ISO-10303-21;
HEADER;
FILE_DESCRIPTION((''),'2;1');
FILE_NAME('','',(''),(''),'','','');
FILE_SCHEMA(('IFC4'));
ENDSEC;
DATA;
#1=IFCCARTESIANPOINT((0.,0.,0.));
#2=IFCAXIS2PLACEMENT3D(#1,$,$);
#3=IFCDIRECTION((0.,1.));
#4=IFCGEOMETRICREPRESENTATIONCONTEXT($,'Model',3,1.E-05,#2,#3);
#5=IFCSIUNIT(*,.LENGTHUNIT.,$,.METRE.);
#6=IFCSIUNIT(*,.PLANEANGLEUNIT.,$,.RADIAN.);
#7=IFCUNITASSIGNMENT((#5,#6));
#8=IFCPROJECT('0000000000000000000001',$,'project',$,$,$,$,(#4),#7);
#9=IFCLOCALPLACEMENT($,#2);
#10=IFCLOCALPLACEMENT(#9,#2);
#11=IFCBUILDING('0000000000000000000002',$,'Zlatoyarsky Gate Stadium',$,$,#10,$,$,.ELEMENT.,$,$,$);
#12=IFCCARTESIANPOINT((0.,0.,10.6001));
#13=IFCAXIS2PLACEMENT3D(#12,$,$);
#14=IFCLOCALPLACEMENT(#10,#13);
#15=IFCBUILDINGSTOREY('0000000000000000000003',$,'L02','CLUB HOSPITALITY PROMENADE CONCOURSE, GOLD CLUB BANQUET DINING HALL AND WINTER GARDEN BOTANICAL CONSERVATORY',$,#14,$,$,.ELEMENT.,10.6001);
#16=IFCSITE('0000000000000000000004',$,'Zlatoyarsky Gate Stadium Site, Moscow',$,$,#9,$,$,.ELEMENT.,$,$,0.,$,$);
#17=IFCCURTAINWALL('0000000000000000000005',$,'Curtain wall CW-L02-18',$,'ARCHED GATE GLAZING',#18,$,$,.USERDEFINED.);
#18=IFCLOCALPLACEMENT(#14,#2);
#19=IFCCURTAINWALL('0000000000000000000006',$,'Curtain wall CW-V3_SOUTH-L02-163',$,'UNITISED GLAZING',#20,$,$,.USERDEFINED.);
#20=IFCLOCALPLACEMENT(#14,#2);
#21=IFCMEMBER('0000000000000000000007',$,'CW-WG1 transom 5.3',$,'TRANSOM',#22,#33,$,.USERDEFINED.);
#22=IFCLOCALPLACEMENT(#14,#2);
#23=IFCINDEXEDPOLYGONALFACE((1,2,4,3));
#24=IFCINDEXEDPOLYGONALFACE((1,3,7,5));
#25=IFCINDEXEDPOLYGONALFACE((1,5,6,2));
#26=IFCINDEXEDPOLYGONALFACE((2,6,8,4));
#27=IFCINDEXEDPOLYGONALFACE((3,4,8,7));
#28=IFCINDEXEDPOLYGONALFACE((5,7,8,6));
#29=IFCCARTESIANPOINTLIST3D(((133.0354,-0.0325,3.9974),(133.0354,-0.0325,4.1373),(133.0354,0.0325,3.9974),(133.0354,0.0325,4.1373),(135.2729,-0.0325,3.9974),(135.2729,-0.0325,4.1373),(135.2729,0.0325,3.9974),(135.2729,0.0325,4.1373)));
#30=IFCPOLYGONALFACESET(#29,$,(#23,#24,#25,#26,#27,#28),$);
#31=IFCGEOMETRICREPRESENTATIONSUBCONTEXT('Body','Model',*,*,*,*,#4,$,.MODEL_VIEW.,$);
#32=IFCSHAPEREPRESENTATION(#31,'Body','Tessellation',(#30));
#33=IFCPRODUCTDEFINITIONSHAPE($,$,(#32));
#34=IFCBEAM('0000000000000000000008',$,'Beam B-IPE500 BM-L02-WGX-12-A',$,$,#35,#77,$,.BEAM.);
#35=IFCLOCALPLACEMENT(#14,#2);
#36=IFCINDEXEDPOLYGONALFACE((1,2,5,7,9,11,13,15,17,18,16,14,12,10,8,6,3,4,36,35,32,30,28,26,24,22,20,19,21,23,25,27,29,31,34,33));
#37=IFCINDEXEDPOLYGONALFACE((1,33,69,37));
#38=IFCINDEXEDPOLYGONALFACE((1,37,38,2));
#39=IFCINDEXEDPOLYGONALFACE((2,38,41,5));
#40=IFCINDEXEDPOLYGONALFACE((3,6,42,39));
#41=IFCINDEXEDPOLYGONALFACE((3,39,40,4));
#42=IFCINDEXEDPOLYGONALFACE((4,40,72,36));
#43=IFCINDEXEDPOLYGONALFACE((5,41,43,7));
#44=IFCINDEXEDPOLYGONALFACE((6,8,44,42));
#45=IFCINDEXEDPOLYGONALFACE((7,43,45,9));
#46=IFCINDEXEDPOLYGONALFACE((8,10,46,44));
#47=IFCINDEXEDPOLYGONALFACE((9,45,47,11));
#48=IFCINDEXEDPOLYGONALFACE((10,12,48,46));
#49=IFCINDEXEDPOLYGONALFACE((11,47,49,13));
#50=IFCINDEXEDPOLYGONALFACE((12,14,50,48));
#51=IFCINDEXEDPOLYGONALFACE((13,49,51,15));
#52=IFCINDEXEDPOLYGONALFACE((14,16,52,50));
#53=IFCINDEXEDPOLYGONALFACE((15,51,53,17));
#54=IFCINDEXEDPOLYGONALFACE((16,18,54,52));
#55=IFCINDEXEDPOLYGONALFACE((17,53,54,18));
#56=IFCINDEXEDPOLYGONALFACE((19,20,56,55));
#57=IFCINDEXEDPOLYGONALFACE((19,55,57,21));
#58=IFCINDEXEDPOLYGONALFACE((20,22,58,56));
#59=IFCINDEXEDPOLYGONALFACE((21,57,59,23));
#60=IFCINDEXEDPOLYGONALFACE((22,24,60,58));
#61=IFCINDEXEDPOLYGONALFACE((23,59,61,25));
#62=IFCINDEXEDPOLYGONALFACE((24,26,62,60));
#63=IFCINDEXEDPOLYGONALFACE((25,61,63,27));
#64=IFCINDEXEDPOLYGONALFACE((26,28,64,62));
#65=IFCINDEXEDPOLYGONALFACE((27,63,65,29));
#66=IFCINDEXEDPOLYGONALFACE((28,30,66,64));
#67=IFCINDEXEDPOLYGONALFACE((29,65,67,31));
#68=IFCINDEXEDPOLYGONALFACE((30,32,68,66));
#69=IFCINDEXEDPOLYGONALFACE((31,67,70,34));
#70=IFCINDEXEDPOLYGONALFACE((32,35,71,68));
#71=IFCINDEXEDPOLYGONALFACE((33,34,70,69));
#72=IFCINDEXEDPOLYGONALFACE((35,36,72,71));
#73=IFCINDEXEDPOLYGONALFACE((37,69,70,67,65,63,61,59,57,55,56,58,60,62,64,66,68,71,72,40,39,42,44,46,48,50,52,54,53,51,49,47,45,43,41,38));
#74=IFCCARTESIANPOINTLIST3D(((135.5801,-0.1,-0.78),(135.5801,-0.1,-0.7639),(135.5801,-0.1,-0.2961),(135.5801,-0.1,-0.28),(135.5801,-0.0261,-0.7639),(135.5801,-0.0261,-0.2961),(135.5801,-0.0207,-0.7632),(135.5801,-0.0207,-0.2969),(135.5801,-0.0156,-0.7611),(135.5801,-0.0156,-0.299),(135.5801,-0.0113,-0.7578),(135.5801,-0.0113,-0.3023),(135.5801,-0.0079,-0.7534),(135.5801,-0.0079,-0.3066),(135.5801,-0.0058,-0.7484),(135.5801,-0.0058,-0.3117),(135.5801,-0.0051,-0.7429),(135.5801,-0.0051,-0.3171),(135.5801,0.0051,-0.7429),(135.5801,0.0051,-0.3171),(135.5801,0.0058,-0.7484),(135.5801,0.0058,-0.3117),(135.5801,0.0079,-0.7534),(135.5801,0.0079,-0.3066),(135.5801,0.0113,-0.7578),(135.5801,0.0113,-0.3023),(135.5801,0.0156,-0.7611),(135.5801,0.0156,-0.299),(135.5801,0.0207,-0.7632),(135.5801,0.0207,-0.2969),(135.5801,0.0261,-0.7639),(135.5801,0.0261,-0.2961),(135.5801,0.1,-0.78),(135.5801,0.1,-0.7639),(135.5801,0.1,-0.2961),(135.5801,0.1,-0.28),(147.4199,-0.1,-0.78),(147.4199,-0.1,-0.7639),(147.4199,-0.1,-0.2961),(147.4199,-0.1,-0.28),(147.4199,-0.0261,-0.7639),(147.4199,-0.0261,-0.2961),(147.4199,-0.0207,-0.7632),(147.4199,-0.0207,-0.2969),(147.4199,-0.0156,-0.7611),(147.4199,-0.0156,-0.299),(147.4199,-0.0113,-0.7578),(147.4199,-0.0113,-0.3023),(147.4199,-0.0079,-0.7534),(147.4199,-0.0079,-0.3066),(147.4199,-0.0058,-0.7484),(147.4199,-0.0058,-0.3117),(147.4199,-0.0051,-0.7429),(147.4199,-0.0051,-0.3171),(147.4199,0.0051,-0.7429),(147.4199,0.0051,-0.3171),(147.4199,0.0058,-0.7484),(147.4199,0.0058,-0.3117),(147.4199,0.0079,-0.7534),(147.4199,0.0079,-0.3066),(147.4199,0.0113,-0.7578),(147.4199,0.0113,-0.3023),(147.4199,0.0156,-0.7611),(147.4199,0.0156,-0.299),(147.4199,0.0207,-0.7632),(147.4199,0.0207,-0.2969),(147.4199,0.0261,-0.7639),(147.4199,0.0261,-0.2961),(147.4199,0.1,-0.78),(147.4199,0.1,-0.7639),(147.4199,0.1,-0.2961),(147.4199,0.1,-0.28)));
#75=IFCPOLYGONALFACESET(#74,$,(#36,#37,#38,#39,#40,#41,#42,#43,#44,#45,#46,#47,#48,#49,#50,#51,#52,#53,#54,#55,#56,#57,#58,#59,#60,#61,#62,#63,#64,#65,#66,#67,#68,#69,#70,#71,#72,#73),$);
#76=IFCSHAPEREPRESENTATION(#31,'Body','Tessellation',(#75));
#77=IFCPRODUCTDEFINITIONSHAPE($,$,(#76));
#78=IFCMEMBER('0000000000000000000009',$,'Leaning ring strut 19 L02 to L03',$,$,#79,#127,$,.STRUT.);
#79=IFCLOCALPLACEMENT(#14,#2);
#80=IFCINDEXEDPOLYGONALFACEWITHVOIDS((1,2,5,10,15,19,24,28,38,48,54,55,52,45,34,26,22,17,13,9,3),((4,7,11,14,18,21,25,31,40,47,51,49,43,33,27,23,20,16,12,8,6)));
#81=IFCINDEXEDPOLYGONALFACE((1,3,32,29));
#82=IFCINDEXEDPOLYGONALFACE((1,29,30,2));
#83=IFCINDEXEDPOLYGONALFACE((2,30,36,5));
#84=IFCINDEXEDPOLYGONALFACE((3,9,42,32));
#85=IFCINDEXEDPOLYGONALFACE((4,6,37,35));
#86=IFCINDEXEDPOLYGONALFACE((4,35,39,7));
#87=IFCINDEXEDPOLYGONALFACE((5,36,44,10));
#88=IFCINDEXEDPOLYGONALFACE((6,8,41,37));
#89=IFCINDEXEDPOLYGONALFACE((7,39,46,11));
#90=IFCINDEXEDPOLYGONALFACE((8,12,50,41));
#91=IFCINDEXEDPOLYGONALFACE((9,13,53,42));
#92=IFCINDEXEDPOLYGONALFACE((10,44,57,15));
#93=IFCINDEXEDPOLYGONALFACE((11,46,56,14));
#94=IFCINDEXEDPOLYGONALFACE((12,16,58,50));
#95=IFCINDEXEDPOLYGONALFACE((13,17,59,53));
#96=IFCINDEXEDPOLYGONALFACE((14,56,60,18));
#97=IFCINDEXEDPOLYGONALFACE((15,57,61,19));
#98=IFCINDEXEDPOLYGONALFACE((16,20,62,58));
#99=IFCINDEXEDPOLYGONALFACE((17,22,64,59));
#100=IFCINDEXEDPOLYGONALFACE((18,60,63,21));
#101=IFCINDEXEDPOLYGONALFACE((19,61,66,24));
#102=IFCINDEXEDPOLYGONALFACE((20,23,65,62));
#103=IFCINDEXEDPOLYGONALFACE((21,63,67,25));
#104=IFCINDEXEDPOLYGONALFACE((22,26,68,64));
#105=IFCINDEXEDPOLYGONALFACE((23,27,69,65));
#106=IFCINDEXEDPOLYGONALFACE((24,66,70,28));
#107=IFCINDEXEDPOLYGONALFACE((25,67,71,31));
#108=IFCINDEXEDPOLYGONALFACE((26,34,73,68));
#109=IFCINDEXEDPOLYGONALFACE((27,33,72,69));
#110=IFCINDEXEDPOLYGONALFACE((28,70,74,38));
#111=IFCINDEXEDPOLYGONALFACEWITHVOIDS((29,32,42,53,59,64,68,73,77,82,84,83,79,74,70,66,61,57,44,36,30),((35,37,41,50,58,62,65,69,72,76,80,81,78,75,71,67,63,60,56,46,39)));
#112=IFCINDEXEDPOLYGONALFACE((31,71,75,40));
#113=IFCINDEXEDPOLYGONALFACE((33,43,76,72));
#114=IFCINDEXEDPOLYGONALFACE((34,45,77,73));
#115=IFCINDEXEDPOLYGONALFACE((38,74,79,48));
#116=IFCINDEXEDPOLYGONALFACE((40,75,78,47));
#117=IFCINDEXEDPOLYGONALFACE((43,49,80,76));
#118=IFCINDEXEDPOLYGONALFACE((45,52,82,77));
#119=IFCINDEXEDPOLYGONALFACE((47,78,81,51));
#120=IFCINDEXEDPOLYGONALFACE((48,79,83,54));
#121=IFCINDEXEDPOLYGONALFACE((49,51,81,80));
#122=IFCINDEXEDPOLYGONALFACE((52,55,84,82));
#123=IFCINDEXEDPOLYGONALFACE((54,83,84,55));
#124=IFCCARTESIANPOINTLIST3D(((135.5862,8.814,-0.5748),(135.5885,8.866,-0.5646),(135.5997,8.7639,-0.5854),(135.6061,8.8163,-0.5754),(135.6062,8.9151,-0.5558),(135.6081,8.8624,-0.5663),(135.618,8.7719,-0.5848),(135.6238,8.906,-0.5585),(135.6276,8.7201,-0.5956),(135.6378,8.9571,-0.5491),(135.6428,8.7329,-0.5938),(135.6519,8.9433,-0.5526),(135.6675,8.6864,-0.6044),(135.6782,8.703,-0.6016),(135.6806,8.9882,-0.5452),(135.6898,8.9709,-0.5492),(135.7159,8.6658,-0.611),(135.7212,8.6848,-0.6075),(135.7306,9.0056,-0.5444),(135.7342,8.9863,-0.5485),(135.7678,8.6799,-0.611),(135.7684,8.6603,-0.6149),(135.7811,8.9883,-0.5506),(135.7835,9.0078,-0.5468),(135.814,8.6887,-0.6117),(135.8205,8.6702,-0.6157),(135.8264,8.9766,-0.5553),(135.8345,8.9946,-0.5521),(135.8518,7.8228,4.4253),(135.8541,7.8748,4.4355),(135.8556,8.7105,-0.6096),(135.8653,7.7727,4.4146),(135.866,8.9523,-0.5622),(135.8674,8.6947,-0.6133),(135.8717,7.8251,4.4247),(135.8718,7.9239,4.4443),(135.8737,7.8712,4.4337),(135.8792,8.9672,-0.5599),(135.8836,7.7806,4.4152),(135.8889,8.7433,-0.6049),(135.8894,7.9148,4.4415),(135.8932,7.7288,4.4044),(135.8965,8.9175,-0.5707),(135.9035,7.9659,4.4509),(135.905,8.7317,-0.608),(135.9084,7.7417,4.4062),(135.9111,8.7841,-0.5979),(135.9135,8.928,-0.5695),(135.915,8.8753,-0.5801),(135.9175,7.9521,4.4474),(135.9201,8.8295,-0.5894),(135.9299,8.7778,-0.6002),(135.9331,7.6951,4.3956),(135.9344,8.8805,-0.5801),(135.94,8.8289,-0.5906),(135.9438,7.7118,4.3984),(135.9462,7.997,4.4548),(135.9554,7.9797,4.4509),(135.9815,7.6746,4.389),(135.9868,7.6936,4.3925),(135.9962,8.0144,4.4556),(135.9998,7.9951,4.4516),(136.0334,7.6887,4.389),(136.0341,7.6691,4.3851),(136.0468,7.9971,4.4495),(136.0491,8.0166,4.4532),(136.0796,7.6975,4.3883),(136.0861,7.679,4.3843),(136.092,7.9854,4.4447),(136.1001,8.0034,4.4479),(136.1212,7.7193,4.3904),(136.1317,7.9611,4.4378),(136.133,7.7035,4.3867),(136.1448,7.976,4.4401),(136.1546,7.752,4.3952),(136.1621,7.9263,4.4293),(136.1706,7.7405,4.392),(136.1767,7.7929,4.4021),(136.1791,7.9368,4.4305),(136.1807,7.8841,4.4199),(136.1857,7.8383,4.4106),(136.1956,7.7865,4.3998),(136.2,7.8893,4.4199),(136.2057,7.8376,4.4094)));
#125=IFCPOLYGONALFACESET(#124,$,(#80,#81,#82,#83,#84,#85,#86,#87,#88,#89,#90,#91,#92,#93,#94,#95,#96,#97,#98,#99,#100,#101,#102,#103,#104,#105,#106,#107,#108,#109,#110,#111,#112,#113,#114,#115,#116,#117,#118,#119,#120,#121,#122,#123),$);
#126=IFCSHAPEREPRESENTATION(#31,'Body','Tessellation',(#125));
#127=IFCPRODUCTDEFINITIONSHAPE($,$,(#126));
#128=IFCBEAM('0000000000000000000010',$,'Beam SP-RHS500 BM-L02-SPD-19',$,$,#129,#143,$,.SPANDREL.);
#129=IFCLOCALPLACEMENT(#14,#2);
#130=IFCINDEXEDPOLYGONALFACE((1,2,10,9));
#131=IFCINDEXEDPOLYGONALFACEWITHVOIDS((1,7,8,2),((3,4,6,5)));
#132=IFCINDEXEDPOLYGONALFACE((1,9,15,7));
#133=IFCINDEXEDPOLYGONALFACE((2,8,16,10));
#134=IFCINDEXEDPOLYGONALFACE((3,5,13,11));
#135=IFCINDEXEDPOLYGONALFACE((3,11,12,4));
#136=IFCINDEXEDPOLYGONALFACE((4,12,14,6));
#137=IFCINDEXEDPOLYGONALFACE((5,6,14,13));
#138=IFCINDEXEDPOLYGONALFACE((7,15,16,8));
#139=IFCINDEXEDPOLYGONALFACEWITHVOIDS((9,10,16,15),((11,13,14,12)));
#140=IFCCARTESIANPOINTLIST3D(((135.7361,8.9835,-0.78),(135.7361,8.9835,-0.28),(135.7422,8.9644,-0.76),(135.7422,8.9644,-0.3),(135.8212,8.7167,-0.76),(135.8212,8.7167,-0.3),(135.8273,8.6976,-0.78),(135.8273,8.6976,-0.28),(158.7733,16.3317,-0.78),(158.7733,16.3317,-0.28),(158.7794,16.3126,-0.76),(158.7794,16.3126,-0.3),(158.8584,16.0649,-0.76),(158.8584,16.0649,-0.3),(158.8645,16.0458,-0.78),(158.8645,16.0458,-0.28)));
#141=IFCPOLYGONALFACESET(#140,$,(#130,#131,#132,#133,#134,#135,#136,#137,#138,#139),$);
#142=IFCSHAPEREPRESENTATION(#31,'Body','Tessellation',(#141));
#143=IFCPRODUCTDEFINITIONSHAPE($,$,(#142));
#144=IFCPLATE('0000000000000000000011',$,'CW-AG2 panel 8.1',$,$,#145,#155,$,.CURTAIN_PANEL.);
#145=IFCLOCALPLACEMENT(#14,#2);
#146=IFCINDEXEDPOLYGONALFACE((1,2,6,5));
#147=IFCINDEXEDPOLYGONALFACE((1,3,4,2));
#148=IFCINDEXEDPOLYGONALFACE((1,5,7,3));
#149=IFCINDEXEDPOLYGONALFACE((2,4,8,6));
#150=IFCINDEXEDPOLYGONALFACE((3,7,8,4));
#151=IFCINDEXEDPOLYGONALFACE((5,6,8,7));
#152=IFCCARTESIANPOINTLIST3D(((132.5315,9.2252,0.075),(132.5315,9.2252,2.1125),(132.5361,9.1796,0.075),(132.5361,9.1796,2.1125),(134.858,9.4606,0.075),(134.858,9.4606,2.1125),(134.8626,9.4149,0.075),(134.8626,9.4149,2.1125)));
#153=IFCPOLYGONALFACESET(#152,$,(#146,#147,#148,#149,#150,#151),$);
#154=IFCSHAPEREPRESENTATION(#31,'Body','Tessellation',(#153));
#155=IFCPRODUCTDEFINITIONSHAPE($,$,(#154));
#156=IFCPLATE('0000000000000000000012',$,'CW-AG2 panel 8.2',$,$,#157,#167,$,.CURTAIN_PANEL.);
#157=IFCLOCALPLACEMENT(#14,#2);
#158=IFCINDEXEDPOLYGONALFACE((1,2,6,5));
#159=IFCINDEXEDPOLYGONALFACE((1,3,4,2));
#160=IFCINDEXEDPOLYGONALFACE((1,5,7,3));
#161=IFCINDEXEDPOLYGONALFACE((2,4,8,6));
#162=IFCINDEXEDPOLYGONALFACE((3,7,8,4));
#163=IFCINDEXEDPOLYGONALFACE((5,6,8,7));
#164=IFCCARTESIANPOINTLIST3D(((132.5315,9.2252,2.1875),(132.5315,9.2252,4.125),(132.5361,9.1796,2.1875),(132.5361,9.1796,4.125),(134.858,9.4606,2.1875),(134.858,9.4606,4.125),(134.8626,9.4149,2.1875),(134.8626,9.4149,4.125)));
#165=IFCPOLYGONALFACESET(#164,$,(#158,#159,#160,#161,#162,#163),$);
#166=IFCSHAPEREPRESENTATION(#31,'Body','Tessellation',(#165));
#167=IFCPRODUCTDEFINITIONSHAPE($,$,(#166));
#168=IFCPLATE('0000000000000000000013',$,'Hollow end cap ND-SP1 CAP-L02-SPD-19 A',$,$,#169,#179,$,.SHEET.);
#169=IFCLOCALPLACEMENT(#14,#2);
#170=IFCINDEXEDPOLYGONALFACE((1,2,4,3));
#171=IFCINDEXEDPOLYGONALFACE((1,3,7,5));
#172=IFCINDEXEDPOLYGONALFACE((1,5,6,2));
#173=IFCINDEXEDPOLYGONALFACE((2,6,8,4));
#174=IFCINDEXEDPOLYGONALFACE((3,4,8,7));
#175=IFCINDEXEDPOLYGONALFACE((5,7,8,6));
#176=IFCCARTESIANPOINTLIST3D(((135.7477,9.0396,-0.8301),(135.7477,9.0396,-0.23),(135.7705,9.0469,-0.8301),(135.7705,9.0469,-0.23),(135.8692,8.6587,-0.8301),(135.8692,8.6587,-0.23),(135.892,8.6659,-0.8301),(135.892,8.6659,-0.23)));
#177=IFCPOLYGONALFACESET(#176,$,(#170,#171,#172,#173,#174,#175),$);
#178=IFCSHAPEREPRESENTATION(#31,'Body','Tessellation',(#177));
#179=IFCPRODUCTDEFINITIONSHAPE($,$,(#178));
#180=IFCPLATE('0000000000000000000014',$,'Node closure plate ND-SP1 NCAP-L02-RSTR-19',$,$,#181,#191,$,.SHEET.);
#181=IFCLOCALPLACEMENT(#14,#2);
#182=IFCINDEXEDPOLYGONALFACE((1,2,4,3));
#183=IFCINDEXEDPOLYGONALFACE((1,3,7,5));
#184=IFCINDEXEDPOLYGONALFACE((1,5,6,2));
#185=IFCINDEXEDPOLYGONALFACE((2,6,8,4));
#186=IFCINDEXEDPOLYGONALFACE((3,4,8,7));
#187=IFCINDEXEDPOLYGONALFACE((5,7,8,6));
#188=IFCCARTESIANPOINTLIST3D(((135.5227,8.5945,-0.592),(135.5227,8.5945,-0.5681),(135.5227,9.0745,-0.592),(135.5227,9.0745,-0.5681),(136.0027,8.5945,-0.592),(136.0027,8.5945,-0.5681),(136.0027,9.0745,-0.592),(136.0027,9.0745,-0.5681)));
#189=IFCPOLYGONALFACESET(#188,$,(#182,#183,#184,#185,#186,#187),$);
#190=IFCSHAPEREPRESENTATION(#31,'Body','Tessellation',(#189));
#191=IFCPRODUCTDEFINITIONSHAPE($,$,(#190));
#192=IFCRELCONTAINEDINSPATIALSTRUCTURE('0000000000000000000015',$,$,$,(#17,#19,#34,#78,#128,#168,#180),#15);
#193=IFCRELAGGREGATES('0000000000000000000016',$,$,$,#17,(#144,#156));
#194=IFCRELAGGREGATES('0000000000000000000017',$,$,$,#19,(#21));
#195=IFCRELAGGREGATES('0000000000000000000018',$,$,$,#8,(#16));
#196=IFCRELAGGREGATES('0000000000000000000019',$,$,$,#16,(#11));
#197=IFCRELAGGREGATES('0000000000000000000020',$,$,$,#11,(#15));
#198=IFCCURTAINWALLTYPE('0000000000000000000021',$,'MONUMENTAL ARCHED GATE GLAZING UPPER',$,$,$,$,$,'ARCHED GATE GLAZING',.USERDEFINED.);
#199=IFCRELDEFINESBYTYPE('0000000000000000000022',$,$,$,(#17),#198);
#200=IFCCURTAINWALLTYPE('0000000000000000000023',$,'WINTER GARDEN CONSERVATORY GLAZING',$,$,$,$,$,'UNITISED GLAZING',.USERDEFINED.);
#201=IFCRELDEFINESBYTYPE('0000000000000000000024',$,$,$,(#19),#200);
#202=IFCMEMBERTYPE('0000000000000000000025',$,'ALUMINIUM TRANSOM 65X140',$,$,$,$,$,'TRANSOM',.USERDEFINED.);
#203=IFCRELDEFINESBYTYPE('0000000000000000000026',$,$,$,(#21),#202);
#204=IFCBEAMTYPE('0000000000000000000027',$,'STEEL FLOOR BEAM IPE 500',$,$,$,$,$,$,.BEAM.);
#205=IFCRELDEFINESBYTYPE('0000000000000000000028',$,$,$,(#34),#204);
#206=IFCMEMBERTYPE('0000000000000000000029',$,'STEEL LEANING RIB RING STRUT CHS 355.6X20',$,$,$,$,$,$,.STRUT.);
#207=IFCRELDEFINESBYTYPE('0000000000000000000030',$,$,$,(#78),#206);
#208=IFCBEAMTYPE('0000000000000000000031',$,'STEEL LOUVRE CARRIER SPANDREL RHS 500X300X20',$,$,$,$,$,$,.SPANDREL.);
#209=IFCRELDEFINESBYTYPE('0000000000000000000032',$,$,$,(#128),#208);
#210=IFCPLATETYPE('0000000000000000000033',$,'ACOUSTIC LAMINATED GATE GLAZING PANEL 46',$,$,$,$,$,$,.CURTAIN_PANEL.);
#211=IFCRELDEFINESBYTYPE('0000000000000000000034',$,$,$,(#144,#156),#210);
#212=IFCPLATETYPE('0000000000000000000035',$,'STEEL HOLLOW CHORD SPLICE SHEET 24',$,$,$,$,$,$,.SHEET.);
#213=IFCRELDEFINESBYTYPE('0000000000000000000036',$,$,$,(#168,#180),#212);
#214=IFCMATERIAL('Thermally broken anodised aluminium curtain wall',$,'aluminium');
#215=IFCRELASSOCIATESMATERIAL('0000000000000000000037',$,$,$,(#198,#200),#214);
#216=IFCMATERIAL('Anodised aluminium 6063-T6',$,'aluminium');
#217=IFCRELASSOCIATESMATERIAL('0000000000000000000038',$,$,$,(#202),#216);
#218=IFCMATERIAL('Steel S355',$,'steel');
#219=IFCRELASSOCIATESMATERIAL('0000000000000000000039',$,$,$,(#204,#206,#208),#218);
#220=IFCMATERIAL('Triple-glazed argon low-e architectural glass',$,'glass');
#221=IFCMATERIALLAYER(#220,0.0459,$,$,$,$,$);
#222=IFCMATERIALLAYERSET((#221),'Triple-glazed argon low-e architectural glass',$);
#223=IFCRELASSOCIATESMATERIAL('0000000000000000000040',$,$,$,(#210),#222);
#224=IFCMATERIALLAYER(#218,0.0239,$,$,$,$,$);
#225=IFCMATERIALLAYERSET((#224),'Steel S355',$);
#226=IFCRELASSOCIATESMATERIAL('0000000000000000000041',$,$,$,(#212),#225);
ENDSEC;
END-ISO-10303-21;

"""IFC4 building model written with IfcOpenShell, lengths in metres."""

from ifc_helpers import new_model, si_unit, direction, frame, origin, origin_2d, place, context, subcontext, project, spatial, rectangle, hollow_rectangle, hollow_circle, i_section, extrude, material, layer, layer_set, material_profile, profile_set, type_object, element, aggregate, save


model = new_model("IFC4")

# Units and contexts
model_context = context("Model", 3, precision=1e-05, world=origin(), true_north=direction((0.0, 1.0)))
body_context = subcontext(model_context, "Body", "Model", "MODEL_VIEW")
ifc_project = project(units=[si_unit("LENGTHUNIT", "METRE"), si_unit("PLANEANGLEUNIT", "RADIAN")], contexts=[model_context])

# Site, building, storey
site_placement = place(None, origin())
site = spatial("IfcSite", under=ifc_project, at=site_placement, Name="Zlatoyarsky Gate Stadium Site, Moscow", CompositionType="ELEMENT", RefElevation=0.0)
building_placement = place(site_placement, origin())
building = spatial("IfcBuilding", under=site, at=building_placement, Name="Zlatoyarsky Gate Stadium", CompositionType="ELEMENT")
storey_placement = place(building_placement, frame((0.0, 0.0, 10.6001)))
storey = spatial("IfcBuildingStorey", under=building, at=storey_placement, Name="L02", Description="CLUB HOSPITALITY PROMENADE CONCOURSE, GOLD CLUB BANQUET DINING HALL AND WINTER GARDEN BOTANICAL CONSERVATORY", CompositionType="ELEMENT", Elevation=10.6001)

# Shared definitions
ifc_material_1 = material(Name="Steel S355", Category="steel")

# Curtain wall
ifc_material_2 = material(Name="Thermally broken anodised aluminium curtain wall", Category="aluminium")
curtain_wall_type_1 = type_object("IfcCurtainWallType", Name="MONUMENTAL ARCHED GATE GLAZING UPPER", ElementType="ARCHED GATE GLAZING", PredefinedType="USERDEFINED", material=ifc_material_2)
curtain_wall_1_placement = place(storey_placement, origin())
curtain_wall_1 = element("IfcCurtainWall", 1, at=curtain_wall_1_placement, inside=storey, type_object=curtain_wall_type_1, Name="Curtain wall CW-L02-18", ObjectType="ARCHED GATE GLAZING", PredefinedType="USERDEFINED")
ifc_material_3 = material(Name="Anodised aluminium 6063-T6", Category="aluminium")

# Curtain wall
curtain_wall_type_2 = type_object("IfcCurtainWallType", Name="WINTER GARDEN CONSERVATORY GLAZING", ElementType="UNITISED GLAZING", PredefinedType="USERDEFINED", material=ifc_material_2)
curtain_wall_2_placement = place(storey_placement, origin())
curtain_wall_2 = element("IfcCurtainWall", 2, at=curtain_wall_2_placement, inside=storey, type_object=curtain_wall_type_2, Name="Curtain wall CW-V3_SOUTH-L02-163", ObjectType="UNITISED GLAZING", PredefinedType="USERDEFINED")

# Member
ifc_material_profile_1 = material_profile(ifc_material_3, rectangle(XDim=0.0649, YDim=0.1399, at=origin_2d()), Name="ALU 65X140")
ifc_profile_set_1 = profile_set([ifc_material_profile_1], Name="Anodised aluminium 6063-T6")
member_type_1 = type_object("IfcMemberType", Name="ALUMINIUM TRANSOM 65X140", ElementType="TRANSOM", PredefinedType="USERDEFINED", material=ifc_profile_set_1)
member_1_placement = place(storey_placement, frame((133.0354, 0.0, 4.0674), z_axis=(1.0, 0.0, 0.0), x_axis=(0.0, 1.0, 0.0)))
member_1 = element("IfcMember", 3, at=member_1_placement, type_object=member_type_1, Name="CW-WG1 transom 5.3", ObjectType="TRANSOM", PredefinedType="USERDEFINED", context=body_context, shape_type="SweptSolid", body=[
    extrude(rectangle(XDim=0.0649, YDim=0.1399, at=origin_2d()), origin(), (0.0, 0.0, 1.0), 2.2375),
])

# Beam
ifc_material_profile_2 = material_profile(ifc_material_1, i_section(OverallWidth=0.2, OverallDepth=0.5, WebThickness=0.0103, FlangeThickness=0.0161, FilletRadius=0.021, at=origin_2d()), Name="IPE 500")
ifc_profile_set_2 = profile_set([ifc_material_profile_2], Name="Steel S355")
beam_type_1 = type_object("IfcBeamType", Name="STEEL FLOOR BEAM IPE 500", PredefinedType="BEAM", material=ifc_profile_set_2)
beam_1_placement = place(storey_placement, frame((135.5801, 0.0, -0.53), z_axis=(1.0, 0.0, 0.0), x_axis=(0.0, 1.0, 0.0)))
element("IfcBeam", 4, at=beam_1_placement, inside=storey, type_object=beam_type_1, Name="Beam B-IPE500 BM-L02-WGX-12-A", PredefinedType="BEAM", context=body_context, shape_type="SweptSolid", body=[
    extrude(i_section(OverallWidth=0.2, OverallDepth=0.5, WebThickness=0.0103, FlangeThickness=0.0161, FilletRadius=0.021, at=origin_2d()), origin(), (0.0, 0.0, 1.0), 11.8398),
])

# Member
ifc_material_profile_3 = material_profile(ifc_material_1, hollow_circle(Radius=0.1777, WallThickness=0.02, at=origin_2d()), Name="CHS 355.6X20")
ifc_profile_set_3 = profile_set([ifc_material_profile_3], Name="Steel S355")
member_type_2 = type_object("IfcMemberType", Name="STEEL LEANING RIB RING STRUT CHS 355.6X20", PredefinedType="STRUT", material=ifc_profile_set_3)
member_2_placement = place(storey_placement, frame((135.7627, 8.8345, -0.5801), z_axis=(0.05204, -0.194194, 0.979582), x_axis=(0.965918, 0.258847, 0.0)))
element("IfcMember", 5, at=member_2_placement, inside=storey, type_object=member_type_2, Name="Leaning ring strut 19 L02 to L03", PredefinedType="STRUT", context=body_context, shape_type="SweptSolid", body=[
    extrude(hollow_circle(Radius=0.1777, WallThickness=0.02, at=origin_2d()), origin(), (0.0, 0.0, 1.0), 5.1042),
])

# Beam
ifc_material_profile_4 = material_profile(ifc_material_1, hollow_rectangle(XDim=0.3, YDim=0.5, WallThickness=0.02, at=origin_2d()), Name="RHS 500X300X20")
ifc_profile_set_4 = profile_set([ifc_material_profile_4], Name="Steel S355")
beam_type_2 = type_object("IfcBeamType", Name="STEEL LOUVRE CARRIER SPANDREL RHS 500X300X20", PredefinedType="SPANDREL", material=ifc_profile_set_4)
beam_2_placement = place(storey_placement, frame((135.7817, 8.8406, -0.53), z_axis=(0.952709, 0.303885, 0.0), x_axis=(-0.303885, 0.952709, 0.0)))
element("IfcBeam", 6, at=beam_2_placement, inside=storey, type_object=beam_type_2, Name="Beam SP-RHS500 BM-L02-SPD-19", PredefinedType="SPANDREL", context=body_context, shape_type="SweptSolid", body=[
    extrude(hollow_rectangle(XDim=0.3, YDim=0.5, WallThickness=0.02, at=origin_2d()), origin(), (0.0, 0.0, 1.0), 24.1807),
])

# Plates
ifc_material_4 = material(Name="Triple-glazed argon low-e architectural glass", Category="glass")
ifc_layer_1 = layer(ifc_material_4, 0.0459)
ifc_layer_set_1 = layer_set([ifc_layer_1], Name="Triple-glazed argon low-e architectural glass")
plate_type_1 = type_object("IfcPlateType", Name="ACOUSTIC LAMINATED GATE GLAZING PANEL 46", PredefinedType="CURTAIN_PANEL", material=ifc_layer_set_1)
plate_1_placement = place(storey_placement, frame((133.697, 9.3201, 0.075), z_axis=(0.0, 0.0, 1.0), x_axis=(0.994923, 0.100642, 0.0)))
plate_1 = element("IfcPlate", 7, at=plate_1_placement, type_object=plate_type_1, Name="CW-AG2 panel 8.1", PredefinedType="CURTAIN_PANEL", context=body_context, shape_type="SweptSolid", body=[
    extrude(rectangle(XDim=2.3384, YDim=0.0459, at=origin_2d()), origin(), (0.0, 0.0, 1.0), 2.0376),
])
plate_2_placement = place(storey_placement, frame((133.697, 9.3201, 2.1875), z_axis=(0.0, 0.0, 1.0), x_axis=(0.994923, 0.100642, 0.0)))
plate_2 = element("IfcPlate", 8, at=plate_2_placement, type_object=plate_type_1, Name="CW-AG2 panel 8.2", PredefinedType="CURTAIN_PANEL", context=body_context, shape_type="SweptSolid", body=[
    extrude(rectangle(XDim=2.3384, YDim=0.0459, at=origin_2d()), origin(), (0.0, 0.0, 1.0), 1.9375),
])
aggregate(curtain_wall_1, [plate_1, plate_2])

# Plates
ifc_layer_2 = layer(ifc_material_1, 0.0239)
ifc_layer_set_2 = layer_set([ifc_layer_2], Name="Steel S355")
plate_type_2 = type_object("IfcPlateType", Name="STEEL HOLLOW CHORD SPLICE SHEET 24", PredefinedType="SHEET", material=ifc_layer_set_2)
plate_3_placement = place(storey_placement, frame((135.8198, 8.8528, -0.8301), z_axis=(0.0, 0.0, 1.0), x_axis=(0.952709, 0.303884, 0.0)))
element("IfcPlate", 9, at=plate_3_placement, inside=storey, type_object=plate_type_2, Name="Hollow end cap ND-SP1 CAP-L02-SPD-19 A", PredefinedType="SHEET", context=body_context, shape_type="SweptSolid", body=[
    extrude(rectangle(XDim=0.0239, YDim=0.3999, at=origin_2d()), origin(), (0.0, 0.0, 1.0), 0.6001),
])
plate_4_placement = place(storey_placement, frame((135.7627, 8.8345, -0.592), z_axis=(0.0, 0.0, 1.0), x_axis=(1.0, 0.0, 0.0)))
element("IfcPlate", 10, at=plate_4_placement, inside=storey, type_object=plate_type_2, Name="Node closure plate ND-SP1 NCAP-L02-RSTR-19", PredefinedType="SHEET", context=body_context, shape_type="SweptSolid", body=[
    extrude(rectangle(XDim=0.48, YDim=0.48, at=origin_2d()), origin(), (0.0, 0.0, 1.0), 0.0239),
])

aggregate(curtain_wall_2, [member_1])

save(model, "model.ifc")
